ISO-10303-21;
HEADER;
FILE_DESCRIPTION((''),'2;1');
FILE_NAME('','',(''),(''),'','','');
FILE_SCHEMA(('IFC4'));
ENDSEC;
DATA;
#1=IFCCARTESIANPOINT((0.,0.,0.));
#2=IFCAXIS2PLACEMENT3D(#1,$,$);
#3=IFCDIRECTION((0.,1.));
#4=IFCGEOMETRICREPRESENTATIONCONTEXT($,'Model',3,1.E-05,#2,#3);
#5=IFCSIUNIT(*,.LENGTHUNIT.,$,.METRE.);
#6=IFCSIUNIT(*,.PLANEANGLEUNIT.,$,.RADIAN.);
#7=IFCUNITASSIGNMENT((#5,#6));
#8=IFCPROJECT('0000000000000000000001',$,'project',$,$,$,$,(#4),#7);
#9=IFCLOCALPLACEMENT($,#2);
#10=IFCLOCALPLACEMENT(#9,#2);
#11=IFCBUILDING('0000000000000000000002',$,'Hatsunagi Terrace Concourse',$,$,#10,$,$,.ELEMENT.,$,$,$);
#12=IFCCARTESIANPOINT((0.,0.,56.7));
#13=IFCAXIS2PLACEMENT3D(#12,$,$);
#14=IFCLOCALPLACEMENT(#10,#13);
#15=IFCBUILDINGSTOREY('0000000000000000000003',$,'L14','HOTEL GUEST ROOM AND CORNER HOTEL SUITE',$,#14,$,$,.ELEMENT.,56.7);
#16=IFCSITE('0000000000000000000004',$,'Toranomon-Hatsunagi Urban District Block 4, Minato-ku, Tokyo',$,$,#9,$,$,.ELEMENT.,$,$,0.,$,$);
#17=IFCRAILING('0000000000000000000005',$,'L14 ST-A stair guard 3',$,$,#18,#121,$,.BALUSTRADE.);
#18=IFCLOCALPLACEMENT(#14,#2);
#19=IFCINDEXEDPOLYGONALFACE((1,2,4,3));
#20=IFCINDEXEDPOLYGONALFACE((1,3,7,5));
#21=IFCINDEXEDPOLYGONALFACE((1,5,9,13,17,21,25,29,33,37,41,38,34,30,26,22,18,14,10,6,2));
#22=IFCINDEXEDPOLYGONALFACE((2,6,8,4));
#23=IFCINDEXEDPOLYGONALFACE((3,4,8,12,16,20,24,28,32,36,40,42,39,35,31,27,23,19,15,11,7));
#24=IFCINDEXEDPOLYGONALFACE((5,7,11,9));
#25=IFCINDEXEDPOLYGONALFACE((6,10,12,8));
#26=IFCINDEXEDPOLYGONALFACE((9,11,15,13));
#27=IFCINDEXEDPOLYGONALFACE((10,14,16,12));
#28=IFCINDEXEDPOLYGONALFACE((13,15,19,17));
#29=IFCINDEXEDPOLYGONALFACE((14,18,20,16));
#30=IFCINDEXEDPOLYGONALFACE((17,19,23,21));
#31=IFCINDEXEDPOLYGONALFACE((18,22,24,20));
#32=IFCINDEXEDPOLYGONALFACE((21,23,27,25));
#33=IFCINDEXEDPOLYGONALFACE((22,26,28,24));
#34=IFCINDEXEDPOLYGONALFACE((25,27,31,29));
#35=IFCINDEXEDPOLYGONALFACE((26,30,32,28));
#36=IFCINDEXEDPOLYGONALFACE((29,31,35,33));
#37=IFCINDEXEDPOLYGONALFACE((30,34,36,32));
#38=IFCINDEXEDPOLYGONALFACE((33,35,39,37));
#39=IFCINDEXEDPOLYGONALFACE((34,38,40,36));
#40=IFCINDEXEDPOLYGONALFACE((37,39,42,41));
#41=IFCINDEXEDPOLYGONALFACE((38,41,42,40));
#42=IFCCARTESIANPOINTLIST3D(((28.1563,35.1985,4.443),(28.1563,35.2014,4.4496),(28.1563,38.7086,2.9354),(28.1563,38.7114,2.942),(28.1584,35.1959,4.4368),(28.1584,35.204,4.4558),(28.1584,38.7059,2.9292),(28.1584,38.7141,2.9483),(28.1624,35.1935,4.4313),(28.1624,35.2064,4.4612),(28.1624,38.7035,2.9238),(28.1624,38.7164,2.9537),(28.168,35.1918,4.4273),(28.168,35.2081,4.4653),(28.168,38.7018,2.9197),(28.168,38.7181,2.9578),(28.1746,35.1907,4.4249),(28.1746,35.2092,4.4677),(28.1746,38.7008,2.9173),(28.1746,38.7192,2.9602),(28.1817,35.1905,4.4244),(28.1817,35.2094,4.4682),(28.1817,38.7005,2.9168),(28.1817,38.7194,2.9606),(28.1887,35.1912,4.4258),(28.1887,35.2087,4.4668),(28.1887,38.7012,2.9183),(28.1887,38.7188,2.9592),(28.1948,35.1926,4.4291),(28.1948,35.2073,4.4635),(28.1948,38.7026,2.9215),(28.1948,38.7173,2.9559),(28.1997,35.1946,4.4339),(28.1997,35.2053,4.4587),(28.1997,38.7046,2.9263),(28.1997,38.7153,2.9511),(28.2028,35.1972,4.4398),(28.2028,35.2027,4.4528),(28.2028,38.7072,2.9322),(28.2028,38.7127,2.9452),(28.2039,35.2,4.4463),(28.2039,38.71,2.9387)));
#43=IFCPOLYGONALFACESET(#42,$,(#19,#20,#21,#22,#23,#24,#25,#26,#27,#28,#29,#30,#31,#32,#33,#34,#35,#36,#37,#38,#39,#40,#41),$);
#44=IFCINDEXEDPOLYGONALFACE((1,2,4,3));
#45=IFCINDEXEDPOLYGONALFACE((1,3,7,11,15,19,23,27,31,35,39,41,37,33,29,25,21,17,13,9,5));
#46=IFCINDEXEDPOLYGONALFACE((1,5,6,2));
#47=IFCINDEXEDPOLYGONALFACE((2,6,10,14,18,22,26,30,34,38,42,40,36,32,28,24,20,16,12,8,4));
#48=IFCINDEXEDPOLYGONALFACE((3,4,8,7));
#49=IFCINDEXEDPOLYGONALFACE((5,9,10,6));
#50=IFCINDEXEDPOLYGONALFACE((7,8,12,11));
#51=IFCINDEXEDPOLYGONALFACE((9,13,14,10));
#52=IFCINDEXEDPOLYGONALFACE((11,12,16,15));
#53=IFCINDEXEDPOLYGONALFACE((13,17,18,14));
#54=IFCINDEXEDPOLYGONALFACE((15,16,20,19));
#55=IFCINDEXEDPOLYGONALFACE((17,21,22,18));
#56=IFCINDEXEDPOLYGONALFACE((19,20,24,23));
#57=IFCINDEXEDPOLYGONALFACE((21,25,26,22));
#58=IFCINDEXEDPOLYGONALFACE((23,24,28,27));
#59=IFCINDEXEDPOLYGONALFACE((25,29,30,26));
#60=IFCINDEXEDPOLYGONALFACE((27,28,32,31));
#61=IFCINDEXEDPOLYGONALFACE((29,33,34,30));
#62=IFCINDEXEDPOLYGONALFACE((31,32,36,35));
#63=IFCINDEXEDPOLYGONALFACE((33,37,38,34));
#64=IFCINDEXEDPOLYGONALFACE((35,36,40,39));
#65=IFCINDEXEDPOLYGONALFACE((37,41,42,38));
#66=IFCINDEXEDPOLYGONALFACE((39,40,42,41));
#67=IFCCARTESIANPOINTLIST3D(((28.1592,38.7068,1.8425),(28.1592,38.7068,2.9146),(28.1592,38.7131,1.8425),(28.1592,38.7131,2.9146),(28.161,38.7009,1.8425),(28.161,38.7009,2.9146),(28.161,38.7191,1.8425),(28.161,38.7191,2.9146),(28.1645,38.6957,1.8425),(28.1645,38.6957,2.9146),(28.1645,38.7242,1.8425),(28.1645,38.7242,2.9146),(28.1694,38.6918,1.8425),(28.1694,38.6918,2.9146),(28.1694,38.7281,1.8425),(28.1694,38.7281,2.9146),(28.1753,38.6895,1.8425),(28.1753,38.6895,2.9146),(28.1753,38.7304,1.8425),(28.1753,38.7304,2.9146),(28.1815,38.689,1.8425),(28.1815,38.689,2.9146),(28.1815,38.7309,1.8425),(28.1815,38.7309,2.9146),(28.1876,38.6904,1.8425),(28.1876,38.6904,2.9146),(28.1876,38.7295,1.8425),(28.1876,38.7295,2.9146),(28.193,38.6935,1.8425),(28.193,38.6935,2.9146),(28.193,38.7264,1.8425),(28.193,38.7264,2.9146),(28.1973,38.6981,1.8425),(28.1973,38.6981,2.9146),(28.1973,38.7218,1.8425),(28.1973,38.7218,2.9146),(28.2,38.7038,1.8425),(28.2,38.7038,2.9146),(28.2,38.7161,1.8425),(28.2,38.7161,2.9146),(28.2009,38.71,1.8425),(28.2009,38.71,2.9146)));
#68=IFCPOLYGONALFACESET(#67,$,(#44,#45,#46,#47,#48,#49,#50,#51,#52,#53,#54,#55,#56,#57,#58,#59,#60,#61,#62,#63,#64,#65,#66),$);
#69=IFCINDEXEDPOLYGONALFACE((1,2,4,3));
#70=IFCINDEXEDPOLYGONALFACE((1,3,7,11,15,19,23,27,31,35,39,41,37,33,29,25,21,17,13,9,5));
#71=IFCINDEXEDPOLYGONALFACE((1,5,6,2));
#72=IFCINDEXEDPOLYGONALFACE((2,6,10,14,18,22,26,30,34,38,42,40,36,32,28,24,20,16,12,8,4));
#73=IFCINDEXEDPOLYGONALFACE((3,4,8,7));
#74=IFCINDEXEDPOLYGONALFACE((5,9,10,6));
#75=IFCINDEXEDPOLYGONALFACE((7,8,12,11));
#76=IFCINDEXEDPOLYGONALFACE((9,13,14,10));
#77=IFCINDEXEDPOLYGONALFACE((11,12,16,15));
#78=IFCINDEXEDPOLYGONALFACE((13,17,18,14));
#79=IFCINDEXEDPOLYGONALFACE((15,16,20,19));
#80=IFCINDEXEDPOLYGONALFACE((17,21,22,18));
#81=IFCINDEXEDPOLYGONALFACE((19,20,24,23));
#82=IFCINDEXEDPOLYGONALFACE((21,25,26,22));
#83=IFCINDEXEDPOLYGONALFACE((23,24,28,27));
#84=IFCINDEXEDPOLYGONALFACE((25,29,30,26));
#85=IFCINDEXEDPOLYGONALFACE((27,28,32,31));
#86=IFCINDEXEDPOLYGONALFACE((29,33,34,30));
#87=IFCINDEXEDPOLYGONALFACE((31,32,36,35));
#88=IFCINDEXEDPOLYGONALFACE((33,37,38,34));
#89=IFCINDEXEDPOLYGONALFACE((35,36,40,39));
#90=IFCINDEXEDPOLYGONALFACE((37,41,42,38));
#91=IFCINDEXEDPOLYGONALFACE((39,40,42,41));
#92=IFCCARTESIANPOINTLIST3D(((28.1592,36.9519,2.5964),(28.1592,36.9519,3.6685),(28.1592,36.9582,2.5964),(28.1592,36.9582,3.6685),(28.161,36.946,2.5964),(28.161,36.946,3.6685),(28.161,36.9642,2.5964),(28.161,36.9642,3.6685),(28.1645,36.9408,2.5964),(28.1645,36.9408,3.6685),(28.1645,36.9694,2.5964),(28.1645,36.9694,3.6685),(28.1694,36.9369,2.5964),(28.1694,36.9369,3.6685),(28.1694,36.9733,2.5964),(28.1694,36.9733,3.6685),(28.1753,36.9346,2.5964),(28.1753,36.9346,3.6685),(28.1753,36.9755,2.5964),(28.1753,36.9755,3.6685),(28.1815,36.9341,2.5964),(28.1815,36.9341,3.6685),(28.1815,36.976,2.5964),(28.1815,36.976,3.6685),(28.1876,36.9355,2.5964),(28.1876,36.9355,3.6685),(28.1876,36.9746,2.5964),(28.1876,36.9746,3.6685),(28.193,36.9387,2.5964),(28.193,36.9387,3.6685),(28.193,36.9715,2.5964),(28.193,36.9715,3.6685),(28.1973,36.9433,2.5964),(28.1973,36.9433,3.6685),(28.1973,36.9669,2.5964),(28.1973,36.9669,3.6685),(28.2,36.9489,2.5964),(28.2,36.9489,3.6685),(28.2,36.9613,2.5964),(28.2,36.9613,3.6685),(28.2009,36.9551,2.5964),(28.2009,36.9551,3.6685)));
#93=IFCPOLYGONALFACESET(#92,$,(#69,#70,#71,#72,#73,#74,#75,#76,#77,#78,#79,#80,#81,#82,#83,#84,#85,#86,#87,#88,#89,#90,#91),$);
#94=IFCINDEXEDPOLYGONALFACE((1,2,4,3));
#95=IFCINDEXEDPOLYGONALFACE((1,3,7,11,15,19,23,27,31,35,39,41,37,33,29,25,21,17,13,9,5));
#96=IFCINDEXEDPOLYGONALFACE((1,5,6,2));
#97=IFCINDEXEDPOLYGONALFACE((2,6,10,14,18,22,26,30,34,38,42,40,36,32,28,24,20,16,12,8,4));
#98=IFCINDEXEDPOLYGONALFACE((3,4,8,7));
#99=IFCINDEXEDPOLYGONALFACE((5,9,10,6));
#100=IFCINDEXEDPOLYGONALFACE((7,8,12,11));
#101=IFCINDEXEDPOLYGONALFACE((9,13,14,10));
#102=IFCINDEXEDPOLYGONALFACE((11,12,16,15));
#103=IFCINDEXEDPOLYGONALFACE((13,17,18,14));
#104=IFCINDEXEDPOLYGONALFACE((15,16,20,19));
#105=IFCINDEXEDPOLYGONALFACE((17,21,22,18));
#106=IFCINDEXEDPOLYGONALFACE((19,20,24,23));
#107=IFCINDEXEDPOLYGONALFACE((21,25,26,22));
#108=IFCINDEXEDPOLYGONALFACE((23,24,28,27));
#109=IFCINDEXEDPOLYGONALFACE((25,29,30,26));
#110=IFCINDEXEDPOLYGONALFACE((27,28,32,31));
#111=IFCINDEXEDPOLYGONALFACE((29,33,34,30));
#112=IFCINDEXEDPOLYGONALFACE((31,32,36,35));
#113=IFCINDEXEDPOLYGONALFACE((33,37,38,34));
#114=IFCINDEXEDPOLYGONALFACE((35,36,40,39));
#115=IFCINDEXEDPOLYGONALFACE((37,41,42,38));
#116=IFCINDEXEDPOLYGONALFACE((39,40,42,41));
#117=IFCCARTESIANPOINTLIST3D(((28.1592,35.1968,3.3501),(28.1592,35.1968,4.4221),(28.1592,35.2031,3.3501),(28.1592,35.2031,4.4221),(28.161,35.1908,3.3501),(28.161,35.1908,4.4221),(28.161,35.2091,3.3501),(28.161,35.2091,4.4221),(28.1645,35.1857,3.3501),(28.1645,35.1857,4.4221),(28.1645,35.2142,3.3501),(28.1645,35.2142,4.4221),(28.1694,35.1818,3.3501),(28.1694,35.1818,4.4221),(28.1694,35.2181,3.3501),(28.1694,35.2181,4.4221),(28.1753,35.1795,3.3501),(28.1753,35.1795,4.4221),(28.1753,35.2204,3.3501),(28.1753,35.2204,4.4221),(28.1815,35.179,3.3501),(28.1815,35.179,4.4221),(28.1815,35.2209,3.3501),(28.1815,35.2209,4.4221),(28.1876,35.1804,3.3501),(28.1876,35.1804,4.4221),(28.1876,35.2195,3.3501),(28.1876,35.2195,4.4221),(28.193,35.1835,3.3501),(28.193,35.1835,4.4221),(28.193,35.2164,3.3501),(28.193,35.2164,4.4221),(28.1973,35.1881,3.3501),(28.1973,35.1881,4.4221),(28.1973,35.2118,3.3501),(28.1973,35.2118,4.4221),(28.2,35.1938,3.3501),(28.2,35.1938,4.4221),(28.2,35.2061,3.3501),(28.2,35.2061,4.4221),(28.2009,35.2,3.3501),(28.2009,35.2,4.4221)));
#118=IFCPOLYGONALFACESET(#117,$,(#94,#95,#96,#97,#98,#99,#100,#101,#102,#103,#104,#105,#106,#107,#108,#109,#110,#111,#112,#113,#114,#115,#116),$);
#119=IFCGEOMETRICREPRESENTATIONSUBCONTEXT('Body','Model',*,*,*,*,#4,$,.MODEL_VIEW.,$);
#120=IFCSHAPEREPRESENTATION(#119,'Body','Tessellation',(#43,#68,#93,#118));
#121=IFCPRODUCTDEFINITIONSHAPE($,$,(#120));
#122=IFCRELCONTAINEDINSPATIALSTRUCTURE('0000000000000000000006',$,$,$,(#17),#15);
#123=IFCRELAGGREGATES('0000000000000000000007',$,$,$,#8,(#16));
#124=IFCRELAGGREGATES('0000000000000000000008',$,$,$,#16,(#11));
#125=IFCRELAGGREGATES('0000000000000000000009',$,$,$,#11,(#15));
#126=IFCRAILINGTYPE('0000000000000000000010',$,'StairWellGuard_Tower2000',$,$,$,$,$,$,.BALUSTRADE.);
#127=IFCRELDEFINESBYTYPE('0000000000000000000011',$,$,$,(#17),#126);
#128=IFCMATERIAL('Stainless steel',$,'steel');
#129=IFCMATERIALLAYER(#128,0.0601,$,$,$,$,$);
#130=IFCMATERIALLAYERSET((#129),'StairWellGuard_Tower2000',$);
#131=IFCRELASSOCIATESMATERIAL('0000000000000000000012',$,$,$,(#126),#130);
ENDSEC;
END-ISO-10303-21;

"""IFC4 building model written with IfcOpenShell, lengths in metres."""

from ifc_helpers import new_model, si_unit, direction, frame, origin, origin_2d, place, context, subcontext, project, spatial, circle, extrude, material, layer, layer_set, type_object, element, save


model = new_model("IFC4")

# Units and contexts
model_context = context("Model", 3, precision=1e-05, world=origin(), true_north=direction((0.0, 1.0)))
body_context = subcontext(model_context, "Body", "Model", "MODEL_VIEW")
ifc_project = project(units=[si_unit("LENGTHUNIT", "METRE"), si_unit("PLANEANGLEUNIT", "RADIAN")], contexts=[model_context])

# Site, building, storey
site_placement = place(None, origin())
site = spatial("IfcSite", under=ifc_project, at=site_placement, Name="Toranomon-Hatsunagi Urban District Block 4, Minato-ku, Tokyo", CompositionType="ELEMENT", RefElevation=0.0)
building_placement = place(site_placement, origin())
building = spatial("IfcBuilding", under=site, at=building_placement, Name="Hatsunagi Terrace Concourse", CompositionType="ELEMENT")
storey_placement = place(building_placement, frame((0.0, 0.0, 56.7)))
storey = spatial("IfcBuildingStorey", under=building, at=storey_placement, Name="L14", Description="HOTEL GUEST ROOM AND CORNER HOTEL SUITE", CompositionType="ELEMENT", Elevation=56.7)

# Railing
ifc_material_1 = material(Name="Stainless steel", Category="steel")
ifc_layer_1 = layer(ifc_material_1, 0.0601)
ifc_layer_set_1 = layer_set([ifc_layer_1], Name="StairWellGuard_Tower2000")
railing_type_1 = type_object("IfcRailingType", Name="StairWellGuard_Tower2000", PredefinedType="BALUSTRADE", material=ifc_layer_set_1)
railing_1_placement = place(storey_placement, frame((28.1799, 38.71, 1.8425)))
element("IfcRailing", 1, at=railing_1_placement, inside=storey, type_object=railing_type_1, Name="L14 ST-A stair guard 3", PredefinedType="BALUSTRADE", context=body_context, shape_type="SweptSolid", body=[
    extrude(circle(Radius=0.0239, at=origin_2d()), frame((0.0, 0.0, 1.0962), z_axis=(0.0, -0.918834, 0.394644), x_axis=(1.0, 0.0, 0.0)), (0.0, 0.0, 1.0), 3.8201),
    extrude(circle(Radius=0.021, at=origin_2d()), origin(), (0.0, 0.0, 1.0), 1.072),
    extrude(circle(Radius=0.021, at=origin_2d()), frame((0.0, -1.7549, 0.7539)), (0.0, 0.0, 1.0), 1.072),
    extrude(circle(Radius=0.021, at=origin_2d()), frame((0.0, -3.51, 1.5076)), (0.0, 0.0, 1.0), 1.072),
])

save(model, "model.ifc")
